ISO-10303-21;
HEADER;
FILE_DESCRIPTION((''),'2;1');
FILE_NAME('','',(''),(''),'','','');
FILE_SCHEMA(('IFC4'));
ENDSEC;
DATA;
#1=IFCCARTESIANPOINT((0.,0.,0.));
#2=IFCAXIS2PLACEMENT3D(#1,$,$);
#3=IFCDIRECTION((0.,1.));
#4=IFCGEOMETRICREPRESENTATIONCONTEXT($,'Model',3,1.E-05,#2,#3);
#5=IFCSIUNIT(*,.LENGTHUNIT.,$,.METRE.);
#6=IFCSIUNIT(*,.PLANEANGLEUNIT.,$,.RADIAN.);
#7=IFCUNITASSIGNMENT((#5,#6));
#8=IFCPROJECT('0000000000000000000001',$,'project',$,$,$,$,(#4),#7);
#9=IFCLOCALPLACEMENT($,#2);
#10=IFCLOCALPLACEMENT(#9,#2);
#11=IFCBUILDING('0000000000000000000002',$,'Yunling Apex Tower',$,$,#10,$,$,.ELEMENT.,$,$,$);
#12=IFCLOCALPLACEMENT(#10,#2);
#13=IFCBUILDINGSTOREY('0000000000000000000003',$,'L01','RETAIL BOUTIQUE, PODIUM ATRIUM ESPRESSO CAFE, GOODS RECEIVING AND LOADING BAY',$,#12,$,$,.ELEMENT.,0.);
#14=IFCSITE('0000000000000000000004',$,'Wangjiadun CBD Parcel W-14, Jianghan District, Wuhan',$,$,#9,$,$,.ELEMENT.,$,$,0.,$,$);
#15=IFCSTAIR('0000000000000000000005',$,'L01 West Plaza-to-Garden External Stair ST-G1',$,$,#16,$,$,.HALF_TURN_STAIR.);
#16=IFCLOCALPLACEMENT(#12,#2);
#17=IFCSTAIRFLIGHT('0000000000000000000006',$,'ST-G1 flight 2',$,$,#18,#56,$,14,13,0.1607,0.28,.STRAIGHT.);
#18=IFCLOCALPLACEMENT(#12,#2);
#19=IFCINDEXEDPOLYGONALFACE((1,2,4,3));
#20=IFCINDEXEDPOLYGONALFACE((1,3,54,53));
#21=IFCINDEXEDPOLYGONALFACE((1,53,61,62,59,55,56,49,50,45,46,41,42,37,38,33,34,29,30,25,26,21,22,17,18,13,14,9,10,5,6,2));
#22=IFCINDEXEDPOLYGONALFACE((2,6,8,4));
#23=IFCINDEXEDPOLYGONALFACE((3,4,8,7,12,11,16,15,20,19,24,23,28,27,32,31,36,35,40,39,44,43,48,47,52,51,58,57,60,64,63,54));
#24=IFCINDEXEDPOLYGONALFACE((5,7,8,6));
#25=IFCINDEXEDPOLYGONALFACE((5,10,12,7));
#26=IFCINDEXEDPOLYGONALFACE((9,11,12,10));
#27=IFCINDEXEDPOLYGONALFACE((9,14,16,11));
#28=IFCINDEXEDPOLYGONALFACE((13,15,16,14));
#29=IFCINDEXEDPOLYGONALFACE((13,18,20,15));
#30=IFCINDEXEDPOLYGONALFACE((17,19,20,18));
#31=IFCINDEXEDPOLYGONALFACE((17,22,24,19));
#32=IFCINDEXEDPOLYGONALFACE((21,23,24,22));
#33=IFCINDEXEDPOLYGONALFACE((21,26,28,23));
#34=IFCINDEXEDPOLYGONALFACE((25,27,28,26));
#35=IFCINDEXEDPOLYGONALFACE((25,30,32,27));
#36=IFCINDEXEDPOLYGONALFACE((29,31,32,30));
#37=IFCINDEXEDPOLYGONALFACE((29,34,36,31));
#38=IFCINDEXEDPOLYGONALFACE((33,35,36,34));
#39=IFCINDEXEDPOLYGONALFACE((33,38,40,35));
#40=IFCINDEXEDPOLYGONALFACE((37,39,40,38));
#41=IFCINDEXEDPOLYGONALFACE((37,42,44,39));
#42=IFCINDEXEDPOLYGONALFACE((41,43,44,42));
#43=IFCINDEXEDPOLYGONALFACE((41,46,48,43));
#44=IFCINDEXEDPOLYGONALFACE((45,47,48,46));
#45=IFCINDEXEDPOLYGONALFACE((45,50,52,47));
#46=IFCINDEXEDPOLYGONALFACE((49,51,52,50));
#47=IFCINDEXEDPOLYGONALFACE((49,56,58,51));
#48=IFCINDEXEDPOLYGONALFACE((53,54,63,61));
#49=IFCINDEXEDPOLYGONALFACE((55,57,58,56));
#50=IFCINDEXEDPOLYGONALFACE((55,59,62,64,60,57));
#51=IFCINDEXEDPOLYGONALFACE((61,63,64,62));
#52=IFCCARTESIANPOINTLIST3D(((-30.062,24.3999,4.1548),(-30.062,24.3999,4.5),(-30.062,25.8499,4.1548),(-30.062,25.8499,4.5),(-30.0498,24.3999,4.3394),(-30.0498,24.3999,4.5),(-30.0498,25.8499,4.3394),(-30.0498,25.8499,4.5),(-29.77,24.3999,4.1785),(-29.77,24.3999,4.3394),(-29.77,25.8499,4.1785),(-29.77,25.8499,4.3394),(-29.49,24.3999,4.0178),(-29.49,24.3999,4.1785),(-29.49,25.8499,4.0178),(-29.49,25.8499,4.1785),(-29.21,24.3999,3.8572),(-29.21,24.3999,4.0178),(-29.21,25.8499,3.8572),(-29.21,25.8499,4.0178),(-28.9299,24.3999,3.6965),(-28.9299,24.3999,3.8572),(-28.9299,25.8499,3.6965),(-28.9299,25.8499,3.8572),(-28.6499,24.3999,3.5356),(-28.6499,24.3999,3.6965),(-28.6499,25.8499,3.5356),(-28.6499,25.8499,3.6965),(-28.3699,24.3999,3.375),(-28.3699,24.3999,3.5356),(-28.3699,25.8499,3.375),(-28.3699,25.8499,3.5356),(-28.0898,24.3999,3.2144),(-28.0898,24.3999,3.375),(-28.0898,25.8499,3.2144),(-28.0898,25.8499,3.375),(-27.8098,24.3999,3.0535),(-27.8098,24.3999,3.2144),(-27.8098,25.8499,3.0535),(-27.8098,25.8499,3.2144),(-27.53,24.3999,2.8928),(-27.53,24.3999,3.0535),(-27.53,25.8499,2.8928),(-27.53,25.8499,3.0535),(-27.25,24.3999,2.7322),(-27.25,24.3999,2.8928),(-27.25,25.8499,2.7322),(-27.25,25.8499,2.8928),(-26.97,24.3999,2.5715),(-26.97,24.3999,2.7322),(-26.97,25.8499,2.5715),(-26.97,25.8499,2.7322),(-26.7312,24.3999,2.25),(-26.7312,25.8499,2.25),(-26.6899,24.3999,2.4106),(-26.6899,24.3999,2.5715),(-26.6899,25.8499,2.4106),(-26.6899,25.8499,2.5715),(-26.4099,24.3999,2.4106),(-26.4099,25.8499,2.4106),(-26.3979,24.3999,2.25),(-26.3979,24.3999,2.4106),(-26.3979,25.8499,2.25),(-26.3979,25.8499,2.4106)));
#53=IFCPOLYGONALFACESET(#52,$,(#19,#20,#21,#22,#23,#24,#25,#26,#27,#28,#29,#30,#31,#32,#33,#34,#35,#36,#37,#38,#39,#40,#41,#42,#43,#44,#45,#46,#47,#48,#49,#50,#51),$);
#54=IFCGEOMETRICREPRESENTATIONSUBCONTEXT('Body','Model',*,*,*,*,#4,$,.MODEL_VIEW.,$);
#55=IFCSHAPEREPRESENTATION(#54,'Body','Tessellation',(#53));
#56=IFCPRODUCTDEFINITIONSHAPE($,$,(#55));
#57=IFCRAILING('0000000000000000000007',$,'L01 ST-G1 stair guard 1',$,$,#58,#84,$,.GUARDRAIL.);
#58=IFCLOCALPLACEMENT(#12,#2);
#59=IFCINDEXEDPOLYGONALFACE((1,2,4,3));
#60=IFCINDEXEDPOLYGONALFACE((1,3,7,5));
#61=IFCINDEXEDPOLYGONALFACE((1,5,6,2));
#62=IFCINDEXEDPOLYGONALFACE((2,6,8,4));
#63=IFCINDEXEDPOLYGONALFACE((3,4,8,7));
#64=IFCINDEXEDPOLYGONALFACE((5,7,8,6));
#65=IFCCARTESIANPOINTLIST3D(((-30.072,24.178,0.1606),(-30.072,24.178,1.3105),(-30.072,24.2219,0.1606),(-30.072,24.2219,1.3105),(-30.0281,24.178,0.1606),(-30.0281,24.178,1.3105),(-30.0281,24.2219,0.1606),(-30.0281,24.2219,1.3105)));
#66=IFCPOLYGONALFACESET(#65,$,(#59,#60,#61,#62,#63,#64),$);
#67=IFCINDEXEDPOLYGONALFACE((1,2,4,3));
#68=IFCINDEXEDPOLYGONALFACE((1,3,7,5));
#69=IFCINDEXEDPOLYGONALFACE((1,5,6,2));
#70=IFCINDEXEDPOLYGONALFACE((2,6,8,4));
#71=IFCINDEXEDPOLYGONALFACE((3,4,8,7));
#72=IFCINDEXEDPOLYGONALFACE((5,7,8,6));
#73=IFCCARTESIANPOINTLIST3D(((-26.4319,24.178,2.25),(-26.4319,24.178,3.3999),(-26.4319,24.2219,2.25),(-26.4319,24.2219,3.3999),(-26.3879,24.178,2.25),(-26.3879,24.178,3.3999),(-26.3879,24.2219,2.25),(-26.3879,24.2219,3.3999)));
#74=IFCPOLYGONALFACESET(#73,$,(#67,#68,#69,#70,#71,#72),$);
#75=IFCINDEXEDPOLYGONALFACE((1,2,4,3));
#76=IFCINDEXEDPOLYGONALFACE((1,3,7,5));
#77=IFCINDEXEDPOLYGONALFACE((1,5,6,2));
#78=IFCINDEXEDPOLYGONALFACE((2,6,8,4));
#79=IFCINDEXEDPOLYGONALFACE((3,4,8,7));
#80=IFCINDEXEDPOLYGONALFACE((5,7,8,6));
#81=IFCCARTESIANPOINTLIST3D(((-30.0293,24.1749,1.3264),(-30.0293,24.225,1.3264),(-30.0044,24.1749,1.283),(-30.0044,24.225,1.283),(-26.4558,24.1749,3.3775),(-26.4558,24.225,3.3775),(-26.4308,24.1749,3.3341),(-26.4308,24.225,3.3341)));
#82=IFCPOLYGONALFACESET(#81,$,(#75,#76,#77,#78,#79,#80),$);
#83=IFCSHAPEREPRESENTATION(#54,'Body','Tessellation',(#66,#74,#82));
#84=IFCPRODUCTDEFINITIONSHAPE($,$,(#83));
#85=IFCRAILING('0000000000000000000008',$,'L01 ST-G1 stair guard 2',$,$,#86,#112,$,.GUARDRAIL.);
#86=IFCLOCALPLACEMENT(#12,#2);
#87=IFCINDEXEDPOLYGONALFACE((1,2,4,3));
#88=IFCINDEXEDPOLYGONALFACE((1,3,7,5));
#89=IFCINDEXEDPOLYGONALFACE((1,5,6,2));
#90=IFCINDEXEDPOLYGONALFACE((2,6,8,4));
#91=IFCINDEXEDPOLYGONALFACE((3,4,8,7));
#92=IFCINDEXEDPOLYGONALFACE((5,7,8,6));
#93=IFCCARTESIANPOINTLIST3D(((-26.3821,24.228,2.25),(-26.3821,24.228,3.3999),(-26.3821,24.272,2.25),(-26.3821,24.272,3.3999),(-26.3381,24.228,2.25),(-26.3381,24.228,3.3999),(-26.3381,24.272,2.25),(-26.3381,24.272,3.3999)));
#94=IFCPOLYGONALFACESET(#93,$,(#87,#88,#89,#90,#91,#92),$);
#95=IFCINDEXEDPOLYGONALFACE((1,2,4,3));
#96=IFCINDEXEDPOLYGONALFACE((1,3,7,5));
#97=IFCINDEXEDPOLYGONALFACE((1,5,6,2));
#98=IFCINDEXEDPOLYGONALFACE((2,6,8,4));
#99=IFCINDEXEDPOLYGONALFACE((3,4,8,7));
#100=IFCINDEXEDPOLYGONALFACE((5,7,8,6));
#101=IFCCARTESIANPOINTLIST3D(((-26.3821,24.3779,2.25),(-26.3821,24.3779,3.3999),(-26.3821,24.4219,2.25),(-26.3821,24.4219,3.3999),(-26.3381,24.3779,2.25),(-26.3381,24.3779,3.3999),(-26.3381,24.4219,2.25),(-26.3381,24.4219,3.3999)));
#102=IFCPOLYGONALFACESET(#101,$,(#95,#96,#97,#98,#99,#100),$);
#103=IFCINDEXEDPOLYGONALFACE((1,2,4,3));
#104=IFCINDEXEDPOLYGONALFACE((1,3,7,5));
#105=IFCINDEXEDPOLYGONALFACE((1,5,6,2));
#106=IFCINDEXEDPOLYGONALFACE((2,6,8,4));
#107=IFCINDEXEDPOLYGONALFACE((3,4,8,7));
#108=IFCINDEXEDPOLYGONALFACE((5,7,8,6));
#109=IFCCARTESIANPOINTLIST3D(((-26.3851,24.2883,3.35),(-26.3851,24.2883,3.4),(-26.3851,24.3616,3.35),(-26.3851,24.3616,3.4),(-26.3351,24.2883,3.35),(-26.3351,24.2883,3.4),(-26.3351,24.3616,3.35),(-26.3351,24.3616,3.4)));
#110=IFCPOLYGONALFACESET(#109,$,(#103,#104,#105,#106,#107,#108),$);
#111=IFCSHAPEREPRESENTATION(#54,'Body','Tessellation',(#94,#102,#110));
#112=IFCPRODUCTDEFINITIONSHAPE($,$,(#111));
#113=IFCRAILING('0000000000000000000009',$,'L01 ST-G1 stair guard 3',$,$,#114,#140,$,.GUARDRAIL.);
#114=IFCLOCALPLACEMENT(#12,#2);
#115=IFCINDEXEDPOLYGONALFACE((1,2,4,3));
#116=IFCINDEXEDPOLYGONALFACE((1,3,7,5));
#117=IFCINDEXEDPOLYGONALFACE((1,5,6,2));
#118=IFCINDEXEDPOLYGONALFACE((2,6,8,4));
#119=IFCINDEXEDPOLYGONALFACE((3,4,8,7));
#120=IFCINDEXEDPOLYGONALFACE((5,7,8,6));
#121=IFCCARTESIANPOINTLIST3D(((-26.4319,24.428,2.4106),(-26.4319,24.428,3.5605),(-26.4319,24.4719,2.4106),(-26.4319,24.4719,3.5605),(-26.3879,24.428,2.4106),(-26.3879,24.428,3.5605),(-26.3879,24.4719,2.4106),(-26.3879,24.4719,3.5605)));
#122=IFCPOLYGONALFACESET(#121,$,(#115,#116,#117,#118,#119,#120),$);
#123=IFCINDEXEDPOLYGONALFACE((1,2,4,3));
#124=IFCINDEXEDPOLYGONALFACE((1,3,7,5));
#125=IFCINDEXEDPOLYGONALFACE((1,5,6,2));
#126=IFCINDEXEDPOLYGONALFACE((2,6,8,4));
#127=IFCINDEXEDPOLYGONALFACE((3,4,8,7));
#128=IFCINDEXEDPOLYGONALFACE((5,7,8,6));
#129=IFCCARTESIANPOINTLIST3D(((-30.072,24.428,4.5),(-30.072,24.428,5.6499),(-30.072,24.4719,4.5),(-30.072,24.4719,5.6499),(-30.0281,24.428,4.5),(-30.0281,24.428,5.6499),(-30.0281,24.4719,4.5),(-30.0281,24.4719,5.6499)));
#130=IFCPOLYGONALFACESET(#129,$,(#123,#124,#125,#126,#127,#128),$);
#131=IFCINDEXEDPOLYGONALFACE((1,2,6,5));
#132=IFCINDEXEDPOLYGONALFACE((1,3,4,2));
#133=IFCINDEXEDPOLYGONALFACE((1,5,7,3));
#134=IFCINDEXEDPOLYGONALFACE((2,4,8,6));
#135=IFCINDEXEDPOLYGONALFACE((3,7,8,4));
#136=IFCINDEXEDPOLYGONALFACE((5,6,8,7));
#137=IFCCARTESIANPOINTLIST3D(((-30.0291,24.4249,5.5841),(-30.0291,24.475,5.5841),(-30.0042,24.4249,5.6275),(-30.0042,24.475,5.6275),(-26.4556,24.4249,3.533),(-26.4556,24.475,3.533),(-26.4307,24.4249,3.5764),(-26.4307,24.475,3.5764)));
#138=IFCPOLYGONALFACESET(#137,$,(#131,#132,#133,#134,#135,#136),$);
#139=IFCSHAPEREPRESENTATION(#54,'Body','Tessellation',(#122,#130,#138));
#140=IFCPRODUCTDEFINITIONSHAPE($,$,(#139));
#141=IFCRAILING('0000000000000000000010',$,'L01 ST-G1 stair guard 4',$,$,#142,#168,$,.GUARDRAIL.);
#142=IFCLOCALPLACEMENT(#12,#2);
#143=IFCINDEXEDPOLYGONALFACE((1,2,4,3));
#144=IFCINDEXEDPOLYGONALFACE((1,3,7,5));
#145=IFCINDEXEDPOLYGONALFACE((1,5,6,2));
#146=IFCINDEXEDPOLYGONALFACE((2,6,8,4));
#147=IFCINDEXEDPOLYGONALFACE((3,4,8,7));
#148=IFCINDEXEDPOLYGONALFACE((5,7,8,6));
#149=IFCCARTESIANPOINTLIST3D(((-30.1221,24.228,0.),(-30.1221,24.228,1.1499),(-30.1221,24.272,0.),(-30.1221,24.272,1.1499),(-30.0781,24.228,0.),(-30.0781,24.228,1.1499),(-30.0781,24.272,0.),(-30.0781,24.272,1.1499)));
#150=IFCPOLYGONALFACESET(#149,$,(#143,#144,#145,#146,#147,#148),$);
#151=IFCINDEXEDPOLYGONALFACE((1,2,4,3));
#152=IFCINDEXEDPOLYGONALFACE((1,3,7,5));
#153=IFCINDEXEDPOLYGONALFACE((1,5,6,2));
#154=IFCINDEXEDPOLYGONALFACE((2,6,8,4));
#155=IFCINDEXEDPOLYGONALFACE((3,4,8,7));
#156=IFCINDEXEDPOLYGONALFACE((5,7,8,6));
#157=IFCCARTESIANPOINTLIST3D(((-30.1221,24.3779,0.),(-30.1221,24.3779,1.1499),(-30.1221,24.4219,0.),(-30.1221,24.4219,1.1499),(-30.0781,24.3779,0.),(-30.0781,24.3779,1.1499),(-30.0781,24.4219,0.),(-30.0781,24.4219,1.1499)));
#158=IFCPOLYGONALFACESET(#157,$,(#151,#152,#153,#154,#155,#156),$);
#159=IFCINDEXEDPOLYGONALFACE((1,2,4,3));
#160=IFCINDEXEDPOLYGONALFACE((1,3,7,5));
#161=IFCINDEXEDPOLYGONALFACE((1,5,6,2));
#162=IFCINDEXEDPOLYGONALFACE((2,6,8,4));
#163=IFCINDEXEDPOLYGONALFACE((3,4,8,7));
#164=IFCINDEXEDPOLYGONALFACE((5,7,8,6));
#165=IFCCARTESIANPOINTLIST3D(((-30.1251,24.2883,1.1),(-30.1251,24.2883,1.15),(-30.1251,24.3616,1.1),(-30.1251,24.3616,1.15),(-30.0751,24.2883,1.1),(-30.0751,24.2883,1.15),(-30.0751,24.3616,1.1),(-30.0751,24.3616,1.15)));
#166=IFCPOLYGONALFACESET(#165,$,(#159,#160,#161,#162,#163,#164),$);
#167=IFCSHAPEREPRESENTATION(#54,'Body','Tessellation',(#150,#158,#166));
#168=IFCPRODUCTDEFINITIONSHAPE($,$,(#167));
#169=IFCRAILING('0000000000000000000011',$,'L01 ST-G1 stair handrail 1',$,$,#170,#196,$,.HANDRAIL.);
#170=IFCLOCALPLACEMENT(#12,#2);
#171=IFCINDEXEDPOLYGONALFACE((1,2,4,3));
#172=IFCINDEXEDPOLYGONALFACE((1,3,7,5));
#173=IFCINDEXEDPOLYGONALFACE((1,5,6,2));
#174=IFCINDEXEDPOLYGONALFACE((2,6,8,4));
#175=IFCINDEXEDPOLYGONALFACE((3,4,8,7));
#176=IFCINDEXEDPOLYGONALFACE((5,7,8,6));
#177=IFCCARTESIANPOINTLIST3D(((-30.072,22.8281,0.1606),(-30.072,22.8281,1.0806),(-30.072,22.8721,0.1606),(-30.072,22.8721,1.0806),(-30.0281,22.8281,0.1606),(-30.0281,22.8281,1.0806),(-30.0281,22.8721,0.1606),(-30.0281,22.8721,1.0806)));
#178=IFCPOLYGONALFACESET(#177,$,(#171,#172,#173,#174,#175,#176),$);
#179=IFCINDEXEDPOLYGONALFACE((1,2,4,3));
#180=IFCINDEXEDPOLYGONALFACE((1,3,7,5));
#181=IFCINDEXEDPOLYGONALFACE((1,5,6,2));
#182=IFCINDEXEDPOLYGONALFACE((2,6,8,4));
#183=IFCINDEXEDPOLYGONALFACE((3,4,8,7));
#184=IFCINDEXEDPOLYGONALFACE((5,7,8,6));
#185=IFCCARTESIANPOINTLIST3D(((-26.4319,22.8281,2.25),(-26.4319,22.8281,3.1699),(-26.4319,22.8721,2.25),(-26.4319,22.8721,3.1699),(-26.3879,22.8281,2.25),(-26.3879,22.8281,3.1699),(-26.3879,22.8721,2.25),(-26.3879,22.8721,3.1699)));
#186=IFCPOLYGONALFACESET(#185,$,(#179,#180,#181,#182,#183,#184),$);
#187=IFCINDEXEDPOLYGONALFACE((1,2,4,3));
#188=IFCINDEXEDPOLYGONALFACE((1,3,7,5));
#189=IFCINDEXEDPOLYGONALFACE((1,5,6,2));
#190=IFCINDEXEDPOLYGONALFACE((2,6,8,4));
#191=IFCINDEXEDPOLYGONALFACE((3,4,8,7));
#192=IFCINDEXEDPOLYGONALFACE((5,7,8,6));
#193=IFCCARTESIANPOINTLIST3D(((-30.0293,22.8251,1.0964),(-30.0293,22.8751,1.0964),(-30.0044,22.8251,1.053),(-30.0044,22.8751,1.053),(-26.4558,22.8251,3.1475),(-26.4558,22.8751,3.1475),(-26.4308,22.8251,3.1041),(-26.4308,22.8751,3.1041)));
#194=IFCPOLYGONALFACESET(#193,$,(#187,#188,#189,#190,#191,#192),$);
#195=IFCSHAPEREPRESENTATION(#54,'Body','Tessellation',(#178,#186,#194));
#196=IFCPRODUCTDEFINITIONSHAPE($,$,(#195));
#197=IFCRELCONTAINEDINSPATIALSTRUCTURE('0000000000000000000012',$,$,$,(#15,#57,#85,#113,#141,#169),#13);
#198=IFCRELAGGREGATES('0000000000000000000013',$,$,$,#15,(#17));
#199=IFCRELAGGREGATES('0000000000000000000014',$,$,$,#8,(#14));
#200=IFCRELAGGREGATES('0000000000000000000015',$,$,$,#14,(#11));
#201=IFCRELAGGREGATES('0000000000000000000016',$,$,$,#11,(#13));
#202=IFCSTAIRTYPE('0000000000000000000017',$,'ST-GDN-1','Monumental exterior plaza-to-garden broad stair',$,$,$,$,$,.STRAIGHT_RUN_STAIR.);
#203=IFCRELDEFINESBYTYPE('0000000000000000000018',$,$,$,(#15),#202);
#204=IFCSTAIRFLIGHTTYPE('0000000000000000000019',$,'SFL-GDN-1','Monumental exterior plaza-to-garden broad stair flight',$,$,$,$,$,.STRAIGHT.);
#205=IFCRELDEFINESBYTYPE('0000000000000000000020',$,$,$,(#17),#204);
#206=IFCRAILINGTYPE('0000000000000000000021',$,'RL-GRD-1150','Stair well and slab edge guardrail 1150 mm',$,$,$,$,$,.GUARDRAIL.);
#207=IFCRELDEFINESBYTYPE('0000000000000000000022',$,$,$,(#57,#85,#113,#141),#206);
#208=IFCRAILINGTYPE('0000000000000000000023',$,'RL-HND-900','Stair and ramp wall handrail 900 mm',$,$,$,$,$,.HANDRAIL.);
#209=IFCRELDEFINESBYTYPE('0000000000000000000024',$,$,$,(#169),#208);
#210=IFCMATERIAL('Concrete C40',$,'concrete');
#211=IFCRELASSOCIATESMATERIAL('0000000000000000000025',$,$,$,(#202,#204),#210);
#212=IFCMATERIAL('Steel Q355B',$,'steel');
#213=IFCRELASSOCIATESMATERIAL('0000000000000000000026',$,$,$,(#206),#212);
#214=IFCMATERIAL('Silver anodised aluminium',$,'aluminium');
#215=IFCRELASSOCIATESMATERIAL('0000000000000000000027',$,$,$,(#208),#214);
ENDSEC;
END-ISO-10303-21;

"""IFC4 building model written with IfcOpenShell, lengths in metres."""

from ifc_helpers import new_model, si_unit, direction, frame, origin, origin_2d, place, context, subcontext, project, spatial, polyline, rectangle, outline, extrude, material, type_object, element, aggregate, save


model = new_model("IFC4")

# Units and contexts
model_context = context("Model", 3, precision=1e-05, world=origin(), true_north=direction((0.0, 1.0)))
body_context = subcontext(model_context, "Body", "Model", "MODEL_VIEW")
ifc_project = project(units=[si_unit("LENGTHUNIT", "METRE"), si_unit("PLANEANGLEUNIT", "RADIAN")], contexts=[model_context])

# Site, building, storey
site_placement = place(None, origin())
site = spatial("IfcSite", under=ifc_project, at=site_placement, Name="Wangjiadun CBD Parcel W-14, Jianghan District, Wuhan", CompositionType="ELEMENT", RefElevation=0.0)
building_placement = place(site_placement, origin())
building = spatial("IfcBuilding", under=site, at=building_placement, Name="Yunling Apex Tower", CompositionType="ELEMENT")
storey_placement = place(building_placement, origin())
storey = spatial("IfcBuildingStorey", under=building, at=storey_placement, Name="L01", Description="RETAIL BOUTIQUE, PODIUM ATRIUM ESPRESSO CAFE, GOODS RECEIVING AND LOADING BAY", CompositionType="ELEMENT", Elevation=0.0)

# Shared definitions
ifc_material_1 = material(Name="Steel Q355B", Category="steel")

# Shared definitions
ifc_material_2 = material(Name="Concrete C40", Category="concrete")

# Stair, stair flight
stair_type = type_object("IfcStairType", Name="ST-GDN-1", Description="Monumental exterior plaza-to-garden broad stair", PredefinedType="STRAIGHT_RUN_STAIR", material=ifc_material_2)
stair_placement = place(storey_placement, origin())
stair = element("IfcStair", 1, at=stair_placement, inside=storey, type_object=stair_type, Name="L01 West Plaza-to-Garden External Stair ST-G1", PredefinedType="HALF_TURN_STAIR")
stair_flight_type = type_object("IfcStairFlightType", Name="SFL-GDN-1", Description="Monumental exterior plaza-to-garden broad stair flight", PredefinedType="STRAIGHT", material=ifc_material_2)
stair_flight_1_placement = place(storey_placement, frame((-26.4099, 25.125, 2.25), z_axis=(0.0, 0.0, 1.0), x_axis=(-1.0, 0.0, 0.0)))
stair_flight_1 = element("IfcStairFlight", 2, at=stair_flight_1_placement, type_object=stair_flight_type, Name="ST-G1 flight 2", NumberOfRisers=14, NumberOfTreads=13, PredefinedType="STRAIGHT", RiserHeight=0.1607, TreadLength=0.28, context=body_context, shape_type="SweptSolid", body=[
    extrude(outline(polyline([(-0.012, 0.0), (-0.012, 0.1606), (0.0, 0.1606), (0.28, 0.1606), (0.28, 0.3215), (0.5601, 0.3215), (0.5601, 0.4822), (0.8401, 0.4822), (0.8401, 0.6428), (1.1201, 0.6428), (1.1201, 0.8035), (1.3999, 0.8035), (1.3999, 0.9644), (1.6799, 0.9644), (1.6799, 1.125), (1.96, 1.125), (1.96, 1.2856), (2.24, 1.2856), (2.24, 1.4465), (2.52, 1.4465), (2.52, 1.6072), (2.8, 1.6072), (2.8, 1.7678), (3.0801, 1.7678), (3.0801, 1.9285), (3.3601, 1.9285), (3.3601, 2.0894), (3.6399, 2.0894), (3.6399, 2.25), (3.6521, 2.25), (3.6521, 1.9048), (0.3213, 0.0), (-0.012, 0.0)])), frame((0.0, 0.7251, 0.0), z_axis=(0.0, -1.0, 0.0), x_axis=(1.0, 0.0, 0.0)), (0.0, 0.0, 1.0), 1.45),
])
aggregate(stair, [stair_flight_1])

# Railings
railing_type_1 = type_object("IfcRailingType", Name="RL-GRD-1150", Description="Stair well and slab edge guardrail 1150 mm", PredefinedType="GUARDRAIL", material=ifc_material_1)
railing_1_placement = place(storey_placement, frame((-30.05, 24.2, 0.1606)))
element("IfcRailing", 3, at=railing_1_placement, inside=storey, type_object=railing_type_1, Name="L01 ST-G1 stair guard 1", PredefinedType="GUARDRAIL", context=body_context, shape_type="SweptSolid", body=[
    extrude(rectangle(XDim=0.0439, YDim=0.0439, at=origin_2d()), origin(), (0.0, 0.0, 1.0), 1.1499),
    extrude(rectangle(XDim=0.0439, YDim=0.0439, at=origin_2d()), frame((3.6401, 0.0, 2.0894)), (0.0, 0.0, 1.0), 1.1499),
    extrude(rectangle(XDim=0.05, YDim=0.05, at=origin_2d()), frame((0.0332, 0.0, 1.144), z_axis=(0.867289, 0.0, 0.497804), x_axis=(0.0, 1.0, 0.0)), (0.0, 0.0, 1.0), 4.1204),
])
railing_2_placement = place(storey_placement, frame((-26.3601, 24.25, 2.25)))
element("IfcRailing", 4, at=railing_2_placement, inside=storey, type_object=railing_type_1, Name="L01 ST-G1 stair guard 2", PredefinedType="GUARDRAIL", context=body_context, shape_type="SweptSolid", body=[
    extrude(rectangle(XDim=0.0439, YDim=0.0439, at=origin_2d()), origin(), (0.0, 0.0, 1.0), 1.1499),
    extrude(rectangle(XDim=0.0439, YDim=0.0439, at=origin_2d()), frame((0.0, 0.1499, 0.0)), (0.0, 0.0, 1.0), 1.1499),
    extrude(rectangle(XDim=0.05, YDim=0.05, at=origin_2d()), frame((0.0, 0.0383, 1.125), z_axis=(0.0, 1.0, 0.0), x_axis=(-1.0, 0.0, 0.0)), (0.0, 0.0, 1.0), 0.0732),
])
railing_3_placement = place(storey_placement, frame((-26.4099, 24.45, 2.4106)))
element("IfcRailing", 5, at=railing_3_placement, inside=storey, type_object=railing_type_1, Name="L01 ST-G1 stair guard 3", PredefinedType="GUARDRAIL", context=body_context, shape_type="SweptSolid", body=[
    extrude(rectangle(XDim=0.0439, YDim=0.0439, at=origin_2d()), origin(), (0.0, 0.0, 1.0), 1.1499),
    extrude(rectangle(XDim=0.0439, YDim=0.0439, at=origin_2d()), frame((-3.6401, 0.0, 2.0894)), (0.0, 0.0, 1.0), 1.1499),
    extrude(rectangle(XDim=0.05, YDim=0.05, at=origin_2d()), frame((-0.0332, 0.0, 1.144), z_axis=(-0.867289, 0.0, 0.497804), x_axis=(0.0, -1.0, 0.0)), (0.0, 0.0, 1.0), 4.1204),
])
railing_4_placement = place(storey_placement, frame((-30.1001, 24.25, 0.0)))
element("IfcRailing", 6, at=railing_4_placement, inside=storey, type_object=railing_type_1, Name="L01 ST-G1 stair guard 4", PredefinedType="GUARDRAIL", context=body_context, shape_type="SweptSolid", body=[
    extrude(rectangle(XDim=0.0439, YDim=0.0439, at=origin_2d()), origin(), (0.0, 0.0, 1.0), 1.1499),
    extrude(rectangle(XDim=0.0439, YDim=0.0439, at=origin_2d()), frame((0.0, 0.1499, 0.0)), (0.0, 0.0, 1.0), 1.1499),
    extrude(rectangle(XDim=0.05, YDim=0.05, at=origin_2d()), frame((0.0, 0.0383, 1.125), z_axis=(0.0, 1.0, 0.0), x_axis=(-1.0, 0.0, 0.0)), (0.0, 0.0, 1.0), 0.0732),
])
ifc_material_3 = material(Name="Silver anodised aluminium", Category="aluminium")
railing_type_2 = type_object("IfcRailingType", Name="RL-HND-900", Description="Stair and ramp wall handrail 900 mm", PredefinedType="HANDRAIL", material=ifc_material_3)
railing_5_placement = place(storey_placement, frame((-30.05, 22.8501, 0.1606)))
element("IfcRailing", 7, at=railing_5_placement, inside=storey, type_object=railing_type_2, Name="L01 ST-G1 stair handrail 1", PredefinedType="HANDRAIL", context=body_context, shape_type="SweptSolid", body=[
    extrude(rectangle(XDim=0.0439, YDim=0.0439, at=origin_2d()), origin(), (0.0, 0.0, 1.0), 0.9199),
    extrude(rectangle(XDim=0.0439, YDim=0.0439, at=origin_2d()), frame((3.6401, 0.0, 2.0894)), (0.0, 0.0, 1.0), 0.9199),
    extrude(rectangle(XDim=0.05, YDim=0.05, at=origin_2d()), frame((0.0332, 0.0, 0.9141), z_axis=(0.867289, 0.0, 0.497804), x_axis=(0.0, 1.0, 0.0)), (0.0, 0.0, 1.0), 4.1204),
])

save(model, "model.ifc")
